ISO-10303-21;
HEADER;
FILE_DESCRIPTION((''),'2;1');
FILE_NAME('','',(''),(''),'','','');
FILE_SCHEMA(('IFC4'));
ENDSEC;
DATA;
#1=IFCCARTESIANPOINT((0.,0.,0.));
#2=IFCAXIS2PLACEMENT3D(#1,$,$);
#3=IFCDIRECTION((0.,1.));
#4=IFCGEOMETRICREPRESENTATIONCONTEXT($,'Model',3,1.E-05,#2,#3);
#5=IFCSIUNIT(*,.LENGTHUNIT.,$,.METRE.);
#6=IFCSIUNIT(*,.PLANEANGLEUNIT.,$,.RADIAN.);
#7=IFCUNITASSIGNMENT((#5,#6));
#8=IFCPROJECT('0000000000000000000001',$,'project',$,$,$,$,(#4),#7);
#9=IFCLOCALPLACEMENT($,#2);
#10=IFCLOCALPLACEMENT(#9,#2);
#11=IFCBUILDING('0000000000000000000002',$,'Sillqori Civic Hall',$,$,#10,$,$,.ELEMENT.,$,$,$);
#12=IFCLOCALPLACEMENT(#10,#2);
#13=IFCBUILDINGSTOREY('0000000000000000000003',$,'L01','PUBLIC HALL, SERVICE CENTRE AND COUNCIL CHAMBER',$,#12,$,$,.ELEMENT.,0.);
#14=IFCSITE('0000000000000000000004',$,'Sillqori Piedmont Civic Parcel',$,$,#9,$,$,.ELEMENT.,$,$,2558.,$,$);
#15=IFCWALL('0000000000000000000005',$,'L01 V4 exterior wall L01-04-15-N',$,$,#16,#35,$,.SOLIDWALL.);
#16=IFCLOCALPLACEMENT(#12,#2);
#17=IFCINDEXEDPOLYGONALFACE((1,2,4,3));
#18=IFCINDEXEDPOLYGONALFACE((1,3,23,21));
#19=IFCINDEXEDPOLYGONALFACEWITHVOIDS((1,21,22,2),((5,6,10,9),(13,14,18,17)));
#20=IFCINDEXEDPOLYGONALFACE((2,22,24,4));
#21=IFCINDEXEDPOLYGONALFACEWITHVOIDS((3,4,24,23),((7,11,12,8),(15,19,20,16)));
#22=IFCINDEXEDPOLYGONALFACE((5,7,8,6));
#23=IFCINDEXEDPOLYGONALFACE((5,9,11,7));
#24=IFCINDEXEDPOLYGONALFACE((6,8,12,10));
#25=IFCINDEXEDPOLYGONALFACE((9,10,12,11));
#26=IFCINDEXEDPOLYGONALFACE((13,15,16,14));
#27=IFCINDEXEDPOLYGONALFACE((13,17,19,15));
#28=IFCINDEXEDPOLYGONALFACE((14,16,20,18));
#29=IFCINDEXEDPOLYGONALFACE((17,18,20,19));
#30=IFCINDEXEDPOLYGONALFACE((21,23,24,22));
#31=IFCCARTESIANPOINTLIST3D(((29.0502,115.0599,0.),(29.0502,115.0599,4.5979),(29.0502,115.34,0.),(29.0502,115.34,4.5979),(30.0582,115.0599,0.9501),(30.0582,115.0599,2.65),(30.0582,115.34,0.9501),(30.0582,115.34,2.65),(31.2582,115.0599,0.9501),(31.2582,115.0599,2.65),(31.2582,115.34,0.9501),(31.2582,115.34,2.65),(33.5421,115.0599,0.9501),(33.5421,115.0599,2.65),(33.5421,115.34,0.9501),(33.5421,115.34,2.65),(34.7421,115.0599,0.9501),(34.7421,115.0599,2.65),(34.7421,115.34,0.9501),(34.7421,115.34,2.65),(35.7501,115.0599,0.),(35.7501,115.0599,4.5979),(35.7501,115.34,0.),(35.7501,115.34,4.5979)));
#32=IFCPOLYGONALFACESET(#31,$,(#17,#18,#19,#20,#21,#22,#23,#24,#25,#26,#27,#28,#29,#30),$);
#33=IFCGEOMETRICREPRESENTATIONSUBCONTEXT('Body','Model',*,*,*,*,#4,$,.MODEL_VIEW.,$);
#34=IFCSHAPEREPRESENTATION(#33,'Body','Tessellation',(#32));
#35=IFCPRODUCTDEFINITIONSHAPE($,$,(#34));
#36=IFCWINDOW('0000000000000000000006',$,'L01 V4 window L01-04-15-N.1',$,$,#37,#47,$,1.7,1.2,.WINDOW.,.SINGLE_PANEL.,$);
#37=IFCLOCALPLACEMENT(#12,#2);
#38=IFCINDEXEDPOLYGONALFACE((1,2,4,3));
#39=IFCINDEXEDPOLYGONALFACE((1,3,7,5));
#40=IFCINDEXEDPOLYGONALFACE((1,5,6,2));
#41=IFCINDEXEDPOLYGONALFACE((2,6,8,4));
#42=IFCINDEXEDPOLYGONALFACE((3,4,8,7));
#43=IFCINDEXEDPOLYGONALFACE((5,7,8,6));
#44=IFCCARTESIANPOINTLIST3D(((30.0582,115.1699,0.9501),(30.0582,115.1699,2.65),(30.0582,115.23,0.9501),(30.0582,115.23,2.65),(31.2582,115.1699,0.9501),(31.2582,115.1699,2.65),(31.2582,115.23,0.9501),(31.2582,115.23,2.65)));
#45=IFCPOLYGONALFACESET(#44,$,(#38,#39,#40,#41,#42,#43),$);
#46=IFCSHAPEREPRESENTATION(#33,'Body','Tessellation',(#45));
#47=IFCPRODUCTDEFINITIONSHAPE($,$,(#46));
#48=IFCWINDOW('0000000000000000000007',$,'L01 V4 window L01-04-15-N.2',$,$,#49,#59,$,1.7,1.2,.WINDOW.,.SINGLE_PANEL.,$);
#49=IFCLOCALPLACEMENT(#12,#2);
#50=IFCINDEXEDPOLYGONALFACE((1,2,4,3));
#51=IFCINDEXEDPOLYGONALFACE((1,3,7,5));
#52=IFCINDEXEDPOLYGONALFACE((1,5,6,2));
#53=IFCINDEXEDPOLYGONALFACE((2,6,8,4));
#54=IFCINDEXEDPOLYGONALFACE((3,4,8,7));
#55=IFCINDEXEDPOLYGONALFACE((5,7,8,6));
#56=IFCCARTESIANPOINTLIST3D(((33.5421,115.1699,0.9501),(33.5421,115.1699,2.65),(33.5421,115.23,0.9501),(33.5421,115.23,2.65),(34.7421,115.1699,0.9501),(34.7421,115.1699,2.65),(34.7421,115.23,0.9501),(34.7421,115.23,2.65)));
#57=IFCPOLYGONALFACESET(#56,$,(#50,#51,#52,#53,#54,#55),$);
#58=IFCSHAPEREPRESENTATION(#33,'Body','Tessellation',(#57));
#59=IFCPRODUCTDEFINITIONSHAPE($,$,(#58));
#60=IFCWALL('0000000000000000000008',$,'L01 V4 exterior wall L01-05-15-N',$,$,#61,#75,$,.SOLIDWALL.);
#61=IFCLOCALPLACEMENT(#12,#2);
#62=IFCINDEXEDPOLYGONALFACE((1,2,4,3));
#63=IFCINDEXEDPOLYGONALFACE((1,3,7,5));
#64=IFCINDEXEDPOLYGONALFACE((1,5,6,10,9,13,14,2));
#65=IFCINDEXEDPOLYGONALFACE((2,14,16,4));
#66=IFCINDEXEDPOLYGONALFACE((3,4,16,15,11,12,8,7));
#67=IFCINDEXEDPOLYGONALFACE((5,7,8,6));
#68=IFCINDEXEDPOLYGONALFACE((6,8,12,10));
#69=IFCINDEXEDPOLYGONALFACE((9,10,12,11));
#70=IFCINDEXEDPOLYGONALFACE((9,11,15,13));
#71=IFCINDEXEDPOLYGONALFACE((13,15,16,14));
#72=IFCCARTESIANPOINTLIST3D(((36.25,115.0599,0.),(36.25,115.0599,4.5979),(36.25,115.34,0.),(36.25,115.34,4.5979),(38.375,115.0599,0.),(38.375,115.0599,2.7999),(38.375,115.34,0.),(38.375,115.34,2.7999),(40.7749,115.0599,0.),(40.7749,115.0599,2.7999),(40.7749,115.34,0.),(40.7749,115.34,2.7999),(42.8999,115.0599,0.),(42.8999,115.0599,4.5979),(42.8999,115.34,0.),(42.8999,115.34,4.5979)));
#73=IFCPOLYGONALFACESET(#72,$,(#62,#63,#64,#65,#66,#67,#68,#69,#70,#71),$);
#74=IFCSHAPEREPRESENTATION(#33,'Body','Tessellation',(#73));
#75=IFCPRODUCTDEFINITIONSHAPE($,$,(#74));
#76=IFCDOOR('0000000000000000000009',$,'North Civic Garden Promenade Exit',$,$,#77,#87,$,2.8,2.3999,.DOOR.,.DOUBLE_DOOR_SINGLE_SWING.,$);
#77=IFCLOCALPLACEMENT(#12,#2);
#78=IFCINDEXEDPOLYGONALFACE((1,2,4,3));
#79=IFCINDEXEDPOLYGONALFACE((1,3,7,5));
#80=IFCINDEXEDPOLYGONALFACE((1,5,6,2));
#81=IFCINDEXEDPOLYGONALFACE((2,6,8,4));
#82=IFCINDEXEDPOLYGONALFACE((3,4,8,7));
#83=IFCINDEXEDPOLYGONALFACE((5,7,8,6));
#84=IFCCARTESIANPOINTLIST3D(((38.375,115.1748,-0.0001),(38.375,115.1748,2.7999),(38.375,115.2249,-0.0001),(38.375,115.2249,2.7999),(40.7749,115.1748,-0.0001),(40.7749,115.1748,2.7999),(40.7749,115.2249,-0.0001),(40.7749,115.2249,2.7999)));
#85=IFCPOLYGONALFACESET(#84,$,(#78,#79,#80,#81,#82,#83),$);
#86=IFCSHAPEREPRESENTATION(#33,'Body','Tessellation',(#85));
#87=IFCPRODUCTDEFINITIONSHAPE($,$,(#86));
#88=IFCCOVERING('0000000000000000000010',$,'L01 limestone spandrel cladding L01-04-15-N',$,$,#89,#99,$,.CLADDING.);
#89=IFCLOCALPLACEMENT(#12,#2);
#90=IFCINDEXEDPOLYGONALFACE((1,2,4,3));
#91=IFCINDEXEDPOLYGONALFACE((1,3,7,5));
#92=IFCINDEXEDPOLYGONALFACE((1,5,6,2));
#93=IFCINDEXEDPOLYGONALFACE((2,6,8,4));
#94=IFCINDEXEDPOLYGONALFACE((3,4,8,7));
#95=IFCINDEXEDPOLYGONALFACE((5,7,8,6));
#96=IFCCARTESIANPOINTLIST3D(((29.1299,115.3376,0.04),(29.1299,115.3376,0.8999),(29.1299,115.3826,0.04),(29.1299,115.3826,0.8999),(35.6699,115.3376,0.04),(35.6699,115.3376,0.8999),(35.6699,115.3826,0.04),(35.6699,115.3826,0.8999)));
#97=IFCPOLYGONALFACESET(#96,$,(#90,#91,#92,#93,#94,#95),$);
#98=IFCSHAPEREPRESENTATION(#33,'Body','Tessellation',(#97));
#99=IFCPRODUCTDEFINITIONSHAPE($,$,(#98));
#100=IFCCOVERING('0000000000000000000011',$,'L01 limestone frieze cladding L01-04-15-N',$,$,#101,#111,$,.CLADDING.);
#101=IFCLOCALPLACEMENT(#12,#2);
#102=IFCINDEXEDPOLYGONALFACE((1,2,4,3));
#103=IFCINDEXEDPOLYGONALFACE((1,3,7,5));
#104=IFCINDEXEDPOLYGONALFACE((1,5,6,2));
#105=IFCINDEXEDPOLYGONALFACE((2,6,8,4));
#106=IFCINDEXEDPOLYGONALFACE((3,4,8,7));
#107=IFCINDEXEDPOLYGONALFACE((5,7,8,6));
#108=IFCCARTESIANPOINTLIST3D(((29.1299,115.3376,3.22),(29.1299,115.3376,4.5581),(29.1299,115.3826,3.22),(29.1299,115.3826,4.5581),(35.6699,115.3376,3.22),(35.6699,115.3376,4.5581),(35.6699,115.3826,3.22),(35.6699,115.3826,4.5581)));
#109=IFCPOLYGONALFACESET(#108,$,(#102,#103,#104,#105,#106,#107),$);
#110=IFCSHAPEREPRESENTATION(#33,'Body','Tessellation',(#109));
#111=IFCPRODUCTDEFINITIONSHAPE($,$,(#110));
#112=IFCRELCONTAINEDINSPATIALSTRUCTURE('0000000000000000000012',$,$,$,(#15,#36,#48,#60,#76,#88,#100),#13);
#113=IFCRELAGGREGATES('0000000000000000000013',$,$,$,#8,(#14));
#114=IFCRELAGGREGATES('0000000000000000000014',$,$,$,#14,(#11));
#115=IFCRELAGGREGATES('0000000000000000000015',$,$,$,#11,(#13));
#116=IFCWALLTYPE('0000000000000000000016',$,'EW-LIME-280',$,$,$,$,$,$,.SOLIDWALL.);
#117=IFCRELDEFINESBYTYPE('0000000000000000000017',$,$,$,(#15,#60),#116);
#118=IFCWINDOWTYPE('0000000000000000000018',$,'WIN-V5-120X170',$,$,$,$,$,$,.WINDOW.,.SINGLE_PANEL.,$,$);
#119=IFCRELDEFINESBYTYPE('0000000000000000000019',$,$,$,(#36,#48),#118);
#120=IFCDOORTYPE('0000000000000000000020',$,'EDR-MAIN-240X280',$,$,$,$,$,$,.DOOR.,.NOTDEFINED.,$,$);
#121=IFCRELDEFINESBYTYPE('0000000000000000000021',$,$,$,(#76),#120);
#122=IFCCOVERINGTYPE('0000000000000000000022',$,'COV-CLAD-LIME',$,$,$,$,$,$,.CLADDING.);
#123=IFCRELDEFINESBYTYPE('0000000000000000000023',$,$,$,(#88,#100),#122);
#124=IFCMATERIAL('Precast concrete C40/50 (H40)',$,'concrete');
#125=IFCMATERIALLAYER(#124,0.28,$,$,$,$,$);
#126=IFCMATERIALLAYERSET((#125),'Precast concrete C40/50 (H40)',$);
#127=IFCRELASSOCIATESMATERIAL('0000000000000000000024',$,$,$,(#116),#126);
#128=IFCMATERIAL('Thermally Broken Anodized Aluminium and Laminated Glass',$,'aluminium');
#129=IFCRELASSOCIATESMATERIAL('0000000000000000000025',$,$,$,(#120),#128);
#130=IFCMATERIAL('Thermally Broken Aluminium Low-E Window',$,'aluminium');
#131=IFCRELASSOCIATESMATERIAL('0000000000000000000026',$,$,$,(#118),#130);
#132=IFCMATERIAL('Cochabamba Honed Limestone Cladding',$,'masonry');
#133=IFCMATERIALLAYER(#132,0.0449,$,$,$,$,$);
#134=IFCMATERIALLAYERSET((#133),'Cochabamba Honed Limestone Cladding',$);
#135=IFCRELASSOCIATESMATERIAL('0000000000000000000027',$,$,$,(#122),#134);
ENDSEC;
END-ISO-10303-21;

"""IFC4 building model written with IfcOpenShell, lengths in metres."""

from ifc_helpers import new_model, si_unit, direction, frame, frame_2d, origin, place, context, subcontext, project, spatial, rectangle, extrude, material, layer, layer_set, type_object, element, fill, save


model = new_model("IFC4")

# Units and contexts
model_context = context("Model", 3, precision=1e-05, world=origin(), true_north=direction((0.0, 1.0)))
body_context = subcontext(model_context, "Body", "Model", "MODEL_VIEW")
ifc_project = project(units=[si_unit("LENGTHUNIT", "METRE"), si_unit("PLANEANGLEUNIT", "RADIAN")], contexts=[model_context])

# Site, building, storey
site_placement = place(None, origin())
site = spatial("IfcSite", under=ifc_project, at=site_placement, Name="Sillqori Piedmont Civic Parcel", CompositionType="ELEMENT", RefElevation=2558.0)
building_placement = place(site_placement, origin())
building = spatial("IfcBuilding", under=site, at=building_placement, Name="Sillqori Civic Hall", CompositionType="ELEMENT")
storey_placement = place(building_placement, origin())
storey = spatial("IfcBuildingStorey", under=building, at=storey_placement, Name="L01", Description="PUBLIC HALL, SERVICE CENTRE AND COUNCIL CHAMBER", CompositionType="ELEMENT", Elevation=0.0)

# Shared definitions
ifc_material_1 = material(Name="Precast concrete C40/50 (H40)", Category="concrete")
ifc_layer_1 = layer(ifc_material_1, 0.28)
ifc_layer_set_1 = layer_set([ifc_layer_1], Name="Precast concrete C40/50 (H40)")
wall_type = type_object("IfcWallType", Name="EW-LIME-280", PredefinedType="SOLIDWALL", material=ifc_layer_set_1)
ifc_material_2 = material(Name="Thermally Broken Anodized Aluminium and Laminated Glass", Category="aluminium")
door_type = type_object("IfcDoorType", Name="EDR-MAIN-240X280", OperationType="NOTDEFINED", PredefinedType="DOOR", material=ifc_material_2)

# Wall, openings, windows
wall_1_placement = place(storey_placement, frame((29.05, 115.2, 0.0), z_axis=(0.0, 0.0, 1.0), x_axis=(1.0, 0.0, 0.0)))
wall_1 = element("IfcWall", 1, at=wall_1_placement, inside=storey, type_object=wall_type, Name="L01 V4 exterior wall L01-04-15-N", PredefinedType="SOLIDWALL", context=body_context, shape_type="SweptSolid", body=[
    extrude(rectangle(XDim=6.7, YDim=0.28, at=frame_2d((3.3501, 0.0))), origin(), (0.0, 0.0, 1.0), 4.5979),
])
opening_1_placement = place(wall_1_placement, frame((1.0081, 0.0, 0.95)))
opening_1 = element("IfcOpeningElement", 2, at=opening_1_placement, cuts=wall_1, PredefinedType="OPENING", context=body_context, shape_type="SweptSolid", body=[
    extrude(rectangle(XDim=1.2, YDim=1.7, at=frame_2d((0.6001, 0.8501))), frame((0.0, 0.1499, 0.0), z_axis=(0.0, -1.0, 0.0), x_axis=(1.0, 0.0, 0.0)), (0.0, 0.0, 1.0), 0.3),
])
opening_2_placement = place(wall_1_placement, frame((4.4919, 0.0, 0.95)))
opening_2 = element("IfcOpeningElement", 3, at=opening_2_placement, cuts=wall_1, PredefinedType="OPENING", context=body_context, shape_type="SweptSolid", body=[
    extrude(rectangle(XDim=1.2, YDim=1.7, at=frame_2d((0.6001, 0.8501))), frame((0.0, 0.1499, 0.0), z_axis=(0.0, -1.0, 0.0), x_axis=(1.0, 0.0, 0.0)), (0.0, 0.0, 1.0), 0.3),
])
ifc_material_3 = material(Name="Thermally Broken Aluminium Low-E Window", Category="aluminium")
window_type = type_object("IfcWindowType", Name="WIN-V5-120X170", PartitioningType="SINGLE_PANEL", PredefinedType="WINDOW", material=ifc_material_3)
window_1_placement = place(opening_1_placement, origin())
window_1 = element("IfcWindow", 4, at=window_1_placement, inside=storey, type_object=window_type, Name="L01 V4 window L01-04-15-N.1", OverallHeight=1.7, OverallWidth=1.2, PartitioningType="SINGLE_PANEL", PredefinedType="WINDOW", context=body_context, shape_type="SweptSolid", body=[
    extrude(rectangle(XDim=1.2, YDim=1.7, at=frame_2d((0.6001, 0.8501))), frame((0.0, 0.03, 0.0), z_axis=(0.0, -1.0, 0.0), x_axis=(1.0, 0.0, 0.0)), (0.0, 0.0, 1.0), 0.0601),
])
fill(opening_1, window_1)
window_2_placement = place(opening_2_placement, origin())
window_2 = element("IfcWindow", 5, at=window_2_placement, inside=storey, type_object=window_type, Name="L01 V4 window L01-04-15-N.2", OverallHeight=1.7, OverallWidth=1.2, PartitioningType="SINGLE_PANEL", PredefinedType="WINDOW", context=body_context, shape_type="SweptSolid", body=[
    extrude(rectangle(XDim=1.2, YDim=1.7, at=frame_2d((0.6001, 0.8501))), frame((0.0, 0.03, 0.0), z_axis=(0.0, -1.0, 0.0), x_axis=(1.0, 0.0, 0.0)), (0.0, 0.0, 1.0), 0.0601),
])
fill(opening_2, window_2)

# Wall, opening, door
wall_2_placement = place(storey_placement, frame((36.25, 115.2, 0.0), z_axis=(0.0, 0.0, 1.0), x_axis=(1.0, 0.0, 0.0)))
wall_2 = element("IfcWall", 6, at=wall_2_placement, inside=storey, type_object=wall_type, Name="L01 V4 exterior wall L01-05-15-N", PredefinedType="SOLIDWALL", context=body_context, shape_type="SweptSolid", body=[
    extrude(rectangle(XDim=6.6499, YDim=0.28, at=frame_2d((3.325, 0.0))), origin(), (0.0, 0.0, 1.0), 4.5979),
])
opening_3_placement = place(wall_2_placement, frame((2.125, 0.0, 0.0)))
opening_3 = element("IfcOpeningElement", 7, at=opening_3_placement, cuts=wall_2, PredefinedType="OPENING", context=body_context, shape_type="SweptSolid", body=[
    extrude(rectangle(XDim=2.3999, YDim=2.8, at=frame_2d((1.2, 1.3999))), frame((0.0, 0.1499, 0.0), z_axis=(0.0, -1.0, 0.0), x_axis=(1.0, 0.0, 0.0)), (0.0, 0.0, 1.0), 0.3),
])
door_1_placement = place(opening_3_placement, origin())
door_1 = element("IfcDoor", 8, at=door_1_placement, inside=storey, type_object=door_type, Name="North Civic Garden Promenade Exit", OperationType="DOUBLE_DOOR_SINGLE_SWING", OverallHeight=2.8, OverallWidth=2.3999, PredefinedType="DOOR", context=body_context, shape_type="SweptSolid", body=[
    extrude(rectangle(XDim=2.3999, YDim=2.8, at=frame_2d((1.2, 1.3999))), frame((0.0, 0.0249, 0.0), z_axis=(0.0, -1.0, 0.0), x_axis=(1.0, 0.0, 0.0)), (0.0, 0.0, 1.0), 0.05),
])
fill(opening_3, door_1)

# Coverings
ifc_material_4 = material(Name="Cochabamba Honed Limestone Cladding", Category="masonry")
ifc_layer_2 = layer(ifc_material_4, 0.0449)
ifc_layer_set_2 = layer_set([ifc_layer_2], Name="Cochabamba Honed Limestone Cladding")
covering_type = type_object("IfcCoveringType", Name="COV-CLAD-LIME", PredefinedType="CLADDING", material=ifc_layer_set_2)
covering_1_placement = place(storey_placement, frame((29.1299, 115.3601, 0.04), z_axis=(0.0, 0.0, 1.0), x_axis=(1.0, 0.0, 0.0)))
element("IfcCovering", 9, at=covering_1_placement, inside=storey, type_object=covering_type, Name="L01 limestone spandrel cladding L01-04-15-N", PredefinedType="CLADDING", context=body_context, shape_type="SweptSolid", body=[
    extrude(rectangle(XDim=6.54, YDim=0.0449, at=frame_2d((3.27, 0.0))), origin(), (0.0, 0.0, 1.0), 0.8599),
])
covering_2_placement = place(storey_placement, frame((29.1299, 115.3601, 3.22), z_axis=(0.0, 0.0, 1.0), x_axis=(1.0, 0.0, 0.0)))
element("IfcCovering", 10, at=covering_2_placement, inside=storey, type_object=covering_type, Name="L01 limestone frieze cladding L01-04-15-N", PredefinedType="CLADDING", context=body_context, shape_type="SweptSolid", body=[
    extrude(rectangle(XDim=6.54, YDim=0.0449, at=frame_2d((3.27, 0.0))), origin(), (0.0, 0.0, 1.0), 1.3381),
])

save(model, "model.ifc")
